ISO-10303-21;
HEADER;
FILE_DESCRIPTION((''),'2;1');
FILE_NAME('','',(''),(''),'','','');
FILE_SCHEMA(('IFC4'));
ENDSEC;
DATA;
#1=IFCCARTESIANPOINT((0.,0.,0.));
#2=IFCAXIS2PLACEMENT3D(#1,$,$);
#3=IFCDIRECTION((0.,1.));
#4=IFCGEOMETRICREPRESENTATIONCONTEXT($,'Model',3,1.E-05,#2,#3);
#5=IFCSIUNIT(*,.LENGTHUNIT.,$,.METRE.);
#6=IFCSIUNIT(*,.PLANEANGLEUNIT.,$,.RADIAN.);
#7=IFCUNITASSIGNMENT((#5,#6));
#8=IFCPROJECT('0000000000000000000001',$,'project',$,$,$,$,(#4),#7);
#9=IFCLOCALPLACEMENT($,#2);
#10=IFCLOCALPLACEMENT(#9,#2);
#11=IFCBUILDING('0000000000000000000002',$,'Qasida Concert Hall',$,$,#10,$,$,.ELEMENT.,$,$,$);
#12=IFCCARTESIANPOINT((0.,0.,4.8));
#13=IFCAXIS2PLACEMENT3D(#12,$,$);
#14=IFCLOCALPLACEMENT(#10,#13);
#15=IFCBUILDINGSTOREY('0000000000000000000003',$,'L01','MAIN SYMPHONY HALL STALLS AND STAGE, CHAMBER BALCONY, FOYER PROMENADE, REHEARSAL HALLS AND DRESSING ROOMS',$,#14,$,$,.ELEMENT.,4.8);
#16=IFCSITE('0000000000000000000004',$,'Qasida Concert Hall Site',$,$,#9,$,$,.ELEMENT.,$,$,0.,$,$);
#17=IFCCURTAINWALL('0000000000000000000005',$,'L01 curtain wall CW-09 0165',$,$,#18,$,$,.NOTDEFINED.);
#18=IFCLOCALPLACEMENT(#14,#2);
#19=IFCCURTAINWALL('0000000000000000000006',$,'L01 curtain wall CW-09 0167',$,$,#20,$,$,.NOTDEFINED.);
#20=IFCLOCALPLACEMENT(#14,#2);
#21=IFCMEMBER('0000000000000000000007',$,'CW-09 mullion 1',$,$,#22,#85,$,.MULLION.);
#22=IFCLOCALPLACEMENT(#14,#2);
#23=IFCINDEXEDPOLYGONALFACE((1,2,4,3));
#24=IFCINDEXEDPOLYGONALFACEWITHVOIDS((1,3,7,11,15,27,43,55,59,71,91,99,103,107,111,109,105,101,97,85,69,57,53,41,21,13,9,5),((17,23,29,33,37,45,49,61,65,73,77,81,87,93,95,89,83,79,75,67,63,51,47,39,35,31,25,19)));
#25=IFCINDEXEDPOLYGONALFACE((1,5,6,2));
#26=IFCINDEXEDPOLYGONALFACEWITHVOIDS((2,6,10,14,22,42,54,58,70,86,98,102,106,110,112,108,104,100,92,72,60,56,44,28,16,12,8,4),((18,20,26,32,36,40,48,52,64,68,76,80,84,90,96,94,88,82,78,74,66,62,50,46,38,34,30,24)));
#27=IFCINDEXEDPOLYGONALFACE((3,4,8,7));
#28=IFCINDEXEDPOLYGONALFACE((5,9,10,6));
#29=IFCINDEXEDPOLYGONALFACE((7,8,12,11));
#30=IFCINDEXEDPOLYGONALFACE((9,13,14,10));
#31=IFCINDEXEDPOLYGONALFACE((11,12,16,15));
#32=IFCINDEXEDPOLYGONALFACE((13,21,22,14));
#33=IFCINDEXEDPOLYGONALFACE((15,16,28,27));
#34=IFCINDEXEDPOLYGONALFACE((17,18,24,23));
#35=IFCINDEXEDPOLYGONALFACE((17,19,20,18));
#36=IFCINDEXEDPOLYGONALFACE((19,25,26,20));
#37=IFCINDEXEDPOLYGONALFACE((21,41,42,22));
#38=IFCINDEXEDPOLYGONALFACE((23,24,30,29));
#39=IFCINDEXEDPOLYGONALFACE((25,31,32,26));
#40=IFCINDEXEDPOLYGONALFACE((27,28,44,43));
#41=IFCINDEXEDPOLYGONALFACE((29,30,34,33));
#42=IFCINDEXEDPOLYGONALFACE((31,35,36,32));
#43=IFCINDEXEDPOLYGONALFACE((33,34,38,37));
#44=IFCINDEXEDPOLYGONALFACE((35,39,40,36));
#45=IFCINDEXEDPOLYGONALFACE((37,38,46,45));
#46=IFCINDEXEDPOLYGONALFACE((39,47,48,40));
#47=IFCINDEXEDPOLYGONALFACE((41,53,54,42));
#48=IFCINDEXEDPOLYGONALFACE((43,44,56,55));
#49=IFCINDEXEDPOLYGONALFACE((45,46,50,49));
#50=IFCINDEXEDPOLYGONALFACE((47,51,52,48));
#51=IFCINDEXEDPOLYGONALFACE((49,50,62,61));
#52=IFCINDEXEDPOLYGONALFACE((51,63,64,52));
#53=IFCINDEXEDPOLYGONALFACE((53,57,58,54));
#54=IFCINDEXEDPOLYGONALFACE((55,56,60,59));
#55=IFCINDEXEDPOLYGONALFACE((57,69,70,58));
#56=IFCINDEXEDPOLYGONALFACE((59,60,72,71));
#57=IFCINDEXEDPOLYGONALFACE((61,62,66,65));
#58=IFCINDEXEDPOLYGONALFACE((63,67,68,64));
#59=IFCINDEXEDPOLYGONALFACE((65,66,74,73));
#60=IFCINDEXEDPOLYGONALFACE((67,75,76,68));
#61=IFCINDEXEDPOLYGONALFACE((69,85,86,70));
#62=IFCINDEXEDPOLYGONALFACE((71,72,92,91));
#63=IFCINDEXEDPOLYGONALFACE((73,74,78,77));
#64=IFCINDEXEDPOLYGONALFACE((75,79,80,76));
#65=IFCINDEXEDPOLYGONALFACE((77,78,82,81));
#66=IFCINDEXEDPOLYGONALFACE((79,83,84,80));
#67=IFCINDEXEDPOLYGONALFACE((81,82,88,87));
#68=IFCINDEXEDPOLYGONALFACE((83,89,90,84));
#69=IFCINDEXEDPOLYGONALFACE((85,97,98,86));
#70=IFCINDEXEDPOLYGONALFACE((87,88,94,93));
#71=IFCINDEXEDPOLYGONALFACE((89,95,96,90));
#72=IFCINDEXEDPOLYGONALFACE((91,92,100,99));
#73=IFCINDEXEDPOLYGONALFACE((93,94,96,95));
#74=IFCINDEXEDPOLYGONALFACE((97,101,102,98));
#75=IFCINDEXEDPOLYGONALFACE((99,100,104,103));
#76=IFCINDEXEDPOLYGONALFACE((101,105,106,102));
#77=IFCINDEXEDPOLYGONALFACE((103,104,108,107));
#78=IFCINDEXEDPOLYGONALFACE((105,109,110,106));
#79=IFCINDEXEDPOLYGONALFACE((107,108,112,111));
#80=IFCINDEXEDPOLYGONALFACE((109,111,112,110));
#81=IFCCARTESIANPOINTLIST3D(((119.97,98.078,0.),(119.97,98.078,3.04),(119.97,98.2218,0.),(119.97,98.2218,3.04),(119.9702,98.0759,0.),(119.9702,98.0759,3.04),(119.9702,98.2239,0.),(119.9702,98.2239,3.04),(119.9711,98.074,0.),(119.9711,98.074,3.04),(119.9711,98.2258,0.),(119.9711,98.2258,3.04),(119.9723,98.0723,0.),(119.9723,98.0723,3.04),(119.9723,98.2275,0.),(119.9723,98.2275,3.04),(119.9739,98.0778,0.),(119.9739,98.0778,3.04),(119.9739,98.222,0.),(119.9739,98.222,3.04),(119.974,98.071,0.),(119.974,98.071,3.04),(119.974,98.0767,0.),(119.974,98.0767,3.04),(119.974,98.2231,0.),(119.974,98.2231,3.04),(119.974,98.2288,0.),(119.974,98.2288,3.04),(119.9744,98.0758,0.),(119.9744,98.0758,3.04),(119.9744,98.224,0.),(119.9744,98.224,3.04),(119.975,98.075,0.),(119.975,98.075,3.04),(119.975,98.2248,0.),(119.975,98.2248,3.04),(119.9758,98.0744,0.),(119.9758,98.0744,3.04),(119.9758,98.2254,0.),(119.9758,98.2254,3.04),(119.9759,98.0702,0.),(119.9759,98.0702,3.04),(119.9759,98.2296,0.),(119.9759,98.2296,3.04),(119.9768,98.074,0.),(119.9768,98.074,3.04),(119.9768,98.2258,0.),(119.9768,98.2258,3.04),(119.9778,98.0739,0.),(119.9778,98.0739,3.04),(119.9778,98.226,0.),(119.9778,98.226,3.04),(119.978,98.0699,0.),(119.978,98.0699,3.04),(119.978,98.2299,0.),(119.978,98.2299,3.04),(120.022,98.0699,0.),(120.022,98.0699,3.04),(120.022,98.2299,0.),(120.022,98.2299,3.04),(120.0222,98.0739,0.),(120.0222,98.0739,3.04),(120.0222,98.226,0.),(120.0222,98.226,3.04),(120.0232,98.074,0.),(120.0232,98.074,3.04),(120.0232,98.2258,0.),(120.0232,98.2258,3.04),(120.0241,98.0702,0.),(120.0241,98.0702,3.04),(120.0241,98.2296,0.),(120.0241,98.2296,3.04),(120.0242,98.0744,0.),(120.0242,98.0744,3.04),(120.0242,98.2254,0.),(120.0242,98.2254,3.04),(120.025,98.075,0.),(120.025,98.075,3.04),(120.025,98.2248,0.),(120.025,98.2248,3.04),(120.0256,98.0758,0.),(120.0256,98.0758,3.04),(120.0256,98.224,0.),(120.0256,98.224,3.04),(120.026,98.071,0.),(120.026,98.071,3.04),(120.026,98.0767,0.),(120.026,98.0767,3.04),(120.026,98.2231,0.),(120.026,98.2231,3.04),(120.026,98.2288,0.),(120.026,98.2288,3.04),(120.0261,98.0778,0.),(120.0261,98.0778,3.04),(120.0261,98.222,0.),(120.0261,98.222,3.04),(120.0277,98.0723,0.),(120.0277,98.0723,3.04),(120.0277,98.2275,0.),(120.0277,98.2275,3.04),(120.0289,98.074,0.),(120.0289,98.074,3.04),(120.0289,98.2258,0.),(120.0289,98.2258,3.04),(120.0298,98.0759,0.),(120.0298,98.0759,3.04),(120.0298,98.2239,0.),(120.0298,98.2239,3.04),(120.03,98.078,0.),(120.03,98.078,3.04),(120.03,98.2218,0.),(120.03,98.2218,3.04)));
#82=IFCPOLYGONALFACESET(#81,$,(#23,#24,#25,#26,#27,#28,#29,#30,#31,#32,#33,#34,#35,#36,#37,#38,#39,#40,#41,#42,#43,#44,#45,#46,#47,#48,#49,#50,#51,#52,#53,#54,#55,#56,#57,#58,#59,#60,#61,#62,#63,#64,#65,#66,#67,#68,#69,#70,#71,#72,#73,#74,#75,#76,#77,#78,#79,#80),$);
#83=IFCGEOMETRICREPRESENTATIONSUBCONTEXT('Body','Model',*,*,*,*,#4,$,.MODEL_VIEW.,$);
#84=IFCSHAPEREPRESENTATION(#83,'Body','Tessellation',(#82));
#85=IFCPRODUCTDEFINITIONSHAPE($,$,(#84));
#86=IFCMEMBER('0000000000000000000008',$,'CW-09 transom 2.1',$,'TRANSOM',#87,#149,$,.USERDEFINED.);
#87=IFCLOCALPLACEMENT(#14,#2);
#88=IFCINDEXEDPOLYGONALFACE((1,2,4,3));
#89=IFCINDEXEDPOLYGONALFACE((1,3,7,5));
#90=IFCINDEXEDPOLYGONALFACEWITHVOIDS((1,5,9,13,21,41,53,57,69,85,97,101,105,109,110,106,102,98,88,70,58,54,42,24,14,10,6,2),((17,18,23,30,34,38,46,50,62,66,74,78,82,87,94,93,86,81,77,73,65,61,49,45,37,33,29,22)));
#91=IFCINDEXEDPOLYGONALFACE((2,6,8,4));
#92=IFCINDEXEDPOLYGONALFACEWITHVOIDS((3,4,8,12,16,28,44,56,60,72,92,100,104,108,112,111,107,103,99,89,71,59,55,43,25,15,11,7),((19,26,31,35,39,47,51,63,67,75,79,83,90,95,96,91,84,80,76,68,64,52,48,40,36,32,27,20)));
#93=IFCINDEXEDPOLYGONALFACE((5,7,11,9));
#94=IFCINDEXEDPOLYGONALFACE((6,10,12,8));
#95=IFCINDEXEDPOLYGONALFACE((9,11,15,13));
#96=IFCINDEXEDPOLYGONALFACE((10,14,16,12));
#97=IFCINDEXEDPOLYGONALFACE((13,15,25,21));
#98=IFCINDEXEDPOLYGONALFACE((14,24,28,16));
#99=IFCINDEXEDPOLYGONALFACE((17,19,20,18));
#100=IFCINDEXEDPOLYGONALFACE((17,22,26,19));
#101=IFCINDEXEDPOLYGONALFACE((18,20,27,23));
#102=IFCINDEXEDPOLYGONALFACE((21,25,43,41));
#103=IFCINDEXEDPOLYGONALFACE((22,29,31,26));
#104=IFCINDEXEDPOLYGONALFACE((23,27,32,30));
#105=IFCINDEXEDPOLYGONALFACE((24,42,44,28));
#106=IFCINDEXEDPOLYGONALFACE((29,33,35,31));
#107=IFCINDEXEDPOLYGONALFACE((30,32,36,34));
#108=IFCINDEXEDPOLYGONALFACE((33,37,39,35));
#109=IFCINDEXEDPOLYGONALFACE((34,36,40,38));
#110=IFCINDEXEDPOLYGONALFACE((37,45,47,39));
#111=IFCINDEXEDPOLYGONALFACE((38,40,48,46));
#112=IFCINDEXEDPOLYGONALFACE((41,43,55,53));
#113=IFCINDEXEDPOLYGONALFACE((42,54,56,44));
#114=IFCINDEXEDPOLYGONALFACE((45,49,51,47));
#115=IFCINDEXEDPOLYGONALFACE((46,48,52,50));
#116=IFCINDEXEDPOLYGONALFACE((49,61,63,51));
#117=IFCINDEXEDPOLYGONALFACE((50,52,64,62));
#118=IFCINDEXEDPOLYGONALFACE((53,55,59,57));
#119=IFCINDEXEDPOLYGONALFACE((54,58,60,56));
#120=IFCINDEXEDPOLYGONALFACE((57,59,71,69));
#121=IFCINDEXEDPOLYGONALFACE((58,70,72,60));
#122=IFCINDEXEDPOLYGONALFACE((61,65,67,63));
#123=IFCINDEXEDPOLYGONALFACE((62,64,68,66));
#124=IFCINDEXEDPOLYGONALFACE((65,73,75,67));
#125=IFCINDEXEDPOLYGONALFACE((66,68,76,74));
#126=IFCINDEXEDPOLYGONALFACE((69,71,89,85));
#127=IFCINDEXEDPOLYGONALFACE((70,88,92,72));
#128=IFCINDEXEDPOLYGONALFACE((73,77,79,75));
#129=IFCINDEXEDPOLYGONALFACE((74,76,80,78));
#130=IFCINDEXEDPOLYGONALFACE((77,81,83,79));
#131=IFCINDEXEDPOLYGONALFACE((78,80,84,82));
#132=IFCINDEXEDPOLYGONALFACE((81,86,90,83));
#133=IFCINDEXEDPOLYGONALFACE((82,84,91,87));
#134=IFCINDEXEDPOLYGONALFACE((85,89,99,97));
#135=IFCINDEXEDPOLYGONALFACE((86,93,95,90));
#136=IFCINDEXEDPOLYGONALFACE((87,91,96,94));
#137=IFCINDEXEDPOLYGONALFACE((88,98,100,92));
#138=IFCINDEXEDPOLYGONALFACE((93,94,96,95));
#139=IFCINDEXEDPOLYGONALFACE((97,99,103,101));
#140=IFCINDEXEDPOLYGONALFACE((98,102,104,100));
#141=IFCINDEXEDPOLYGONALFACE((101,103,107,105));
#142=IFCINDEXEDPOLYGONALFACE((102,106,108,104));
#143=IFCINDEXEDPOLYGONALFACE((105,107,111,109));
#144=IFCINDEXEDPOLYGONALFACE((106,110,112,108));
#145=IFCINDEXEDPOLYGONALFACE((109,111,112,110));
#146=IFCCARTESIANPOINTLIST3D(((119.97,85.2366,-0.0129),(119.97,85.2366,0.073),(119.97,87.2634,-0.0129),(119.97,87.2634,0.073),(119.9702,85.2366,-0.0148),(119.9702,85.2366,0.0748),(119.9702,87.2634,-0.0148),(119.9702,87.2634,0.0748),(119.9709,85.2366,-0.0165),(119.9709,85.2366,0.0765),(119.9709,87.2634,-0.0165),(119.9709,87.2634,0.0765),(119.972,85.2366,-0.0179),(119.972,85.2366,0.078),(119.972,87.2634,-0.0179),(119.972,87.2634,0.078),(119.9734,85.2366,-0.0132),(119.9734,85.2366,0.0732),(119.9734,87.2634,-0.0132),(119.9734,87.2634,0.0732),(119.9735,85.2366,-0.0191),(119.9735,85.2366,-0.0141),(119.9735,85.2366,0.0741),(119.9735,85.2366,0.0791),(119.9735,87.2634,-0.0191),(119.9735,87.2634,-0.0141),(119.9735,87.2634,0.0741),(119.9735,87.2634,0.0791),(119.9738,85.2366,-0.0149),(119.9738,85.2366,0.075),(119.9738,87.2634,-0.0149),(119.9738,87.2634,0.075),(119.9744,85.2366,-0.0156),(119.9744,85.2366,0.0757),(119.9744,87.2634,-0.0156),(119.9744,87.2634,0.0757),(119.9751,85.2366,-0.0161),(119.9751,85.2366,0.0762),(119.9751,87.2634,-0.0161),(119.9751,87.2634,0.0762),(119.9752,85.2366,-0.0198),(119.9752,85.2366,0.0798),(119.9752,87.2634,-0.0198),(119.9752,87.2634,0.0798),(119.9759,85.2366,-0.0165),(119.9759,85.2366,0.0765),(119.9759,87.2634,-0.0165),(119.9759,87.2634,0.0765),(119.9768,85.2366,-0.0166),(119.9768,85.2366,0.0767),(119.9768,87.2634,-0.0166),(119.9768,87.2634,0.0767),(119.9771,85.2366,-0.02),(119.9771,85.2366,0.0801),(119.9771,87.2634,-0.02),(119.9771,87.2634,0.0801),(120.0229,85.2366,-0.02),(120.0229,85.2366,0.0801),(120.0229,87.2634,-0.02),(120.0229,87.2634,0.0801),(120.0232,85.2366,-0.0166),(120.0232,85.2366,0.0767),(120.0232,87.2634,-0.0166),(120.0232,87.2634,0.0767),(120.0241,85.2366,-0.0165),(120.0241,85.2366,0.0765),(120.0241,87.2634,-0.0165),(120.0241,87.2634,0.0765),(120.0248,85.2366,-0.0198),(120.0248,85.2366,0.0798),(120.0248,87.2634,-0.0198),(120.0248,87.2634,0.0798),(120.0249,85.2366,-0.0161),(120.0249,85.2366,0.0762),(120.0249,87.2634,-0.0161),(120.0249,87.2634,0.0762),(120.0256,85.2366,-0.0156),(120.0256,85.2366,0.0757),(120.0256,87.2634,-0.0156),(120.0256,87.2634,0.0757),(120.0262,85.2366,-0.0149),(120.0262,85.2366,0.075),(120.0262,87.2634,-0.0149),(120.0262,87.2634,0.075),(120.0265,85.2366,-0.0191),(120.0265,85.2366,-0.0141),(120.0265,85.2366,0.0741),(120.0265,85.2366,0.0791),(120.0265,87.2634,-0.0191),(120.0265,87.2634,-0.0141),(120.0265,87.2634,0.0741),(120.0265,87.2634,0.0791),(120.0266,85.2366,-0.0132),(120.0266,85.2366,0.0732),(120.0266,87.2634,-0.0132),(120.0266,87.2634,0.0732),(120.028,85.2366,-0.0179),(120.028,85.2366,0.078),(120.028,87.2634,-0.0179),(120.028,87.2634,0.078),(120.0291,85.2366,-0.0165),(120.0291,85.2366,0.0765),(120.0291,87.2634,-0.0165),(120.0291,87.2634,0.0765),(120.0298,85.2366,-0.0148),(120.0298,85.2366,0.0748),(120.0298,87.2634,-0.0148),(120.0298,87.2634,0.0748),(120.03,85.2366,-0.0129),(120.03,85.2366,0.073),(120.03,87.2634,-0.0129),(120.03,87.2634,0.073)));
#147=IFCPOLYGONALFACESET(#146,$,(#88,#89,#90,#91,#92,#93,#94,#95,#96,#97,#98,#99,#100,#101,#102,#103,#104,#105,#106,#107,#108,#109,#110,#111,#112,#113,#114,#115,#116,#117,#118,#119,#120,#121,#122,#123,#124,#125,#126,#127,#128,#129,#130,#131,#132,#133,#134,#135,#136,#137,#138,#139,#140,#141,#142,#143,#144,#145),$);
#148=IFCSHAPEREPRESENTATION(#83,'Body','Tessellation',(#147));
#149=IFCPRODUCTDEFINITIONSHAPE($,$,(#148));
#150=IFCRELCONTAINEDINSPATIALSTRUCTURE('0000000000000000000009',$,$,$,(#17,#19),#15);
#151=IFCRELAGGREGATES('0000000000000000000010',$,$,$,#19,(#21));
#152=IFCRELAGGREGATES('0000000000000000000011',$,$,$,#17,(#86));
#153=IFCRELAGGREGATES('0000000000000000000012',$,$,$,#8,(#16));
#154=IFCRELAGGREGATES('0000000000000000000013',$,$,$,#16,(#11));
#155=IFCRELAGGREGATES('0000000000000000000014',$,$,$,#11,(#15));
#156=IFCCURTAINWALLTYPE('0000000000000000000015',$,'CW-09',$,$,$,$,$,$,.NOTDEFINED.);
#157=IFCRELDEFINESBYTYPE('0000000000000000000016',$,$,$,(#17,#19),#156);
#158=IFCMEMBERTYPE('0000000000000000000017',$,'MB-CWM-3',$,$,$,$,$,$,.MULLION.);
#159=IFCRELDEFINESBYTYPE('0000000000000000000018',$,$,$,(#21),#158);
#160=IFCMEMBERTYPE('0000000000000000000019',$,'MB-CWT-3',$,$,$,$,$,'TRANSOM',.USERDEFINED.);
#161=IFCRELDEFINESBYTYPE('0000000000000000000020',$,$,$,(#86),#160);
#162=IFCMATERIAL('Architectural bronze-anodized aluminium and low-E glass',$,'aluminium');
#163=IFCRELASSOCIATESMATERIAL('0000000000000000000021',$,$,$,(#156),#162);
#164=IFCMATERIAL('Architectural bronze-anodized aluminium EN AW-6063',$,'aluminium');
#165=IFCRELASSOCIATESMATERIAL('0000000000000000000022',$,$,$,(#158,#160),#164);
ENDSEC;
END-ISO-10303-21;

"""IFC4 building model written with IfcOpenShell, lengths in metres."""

from ifc_helpers import new_model, si_unit, direction, frame, origin, origin_2d, place, context, subcontext, project, spatial, hollow_rectangle, extrude, material, material_profile, profile_set, type_object, element, aggregate, save


model = new_model("IFC4")

# Units and contexts
model_context = context("Model", 3, precision=1e-05, world=origin(), true_north=direction((0.0, 1.0)))
body_context = subcontext(model_context, "Body", "Model", "MODEL_VIEW")
ifc_project = project(units=[si_unit("LENGTHUNIT", "METRE"), si_unit("PLANEANGLEUNIT", "RADIAN")], contexts=[model_context])

# Site, building, storey
site_placement = place(None, origin())
site = spatial("IfcSite", under=ifc_project, at=site_placement, Name="Qasida Concert Hall Site", CompositionType="ELEMENT", RefElevation=0.0)
building_placement = place(site_placement, origin())
building = spatial("IfcBuilding", under=site, at=building_placement, Name="Qasida Concert Hall", CompositionType="ELEMENT")
storey_placement = place(building_placement, frame((0.0, 0.0, 4.8)))
storey = spatial("IfcBuildingStorey", under=building, at=storey_placement, Name="L01", Description="MAIN SYMPHONY HALL STALLS AND STAGE, CHAMBER BALCONY, FOYER PROMENADE, REHEARSAL HALLS AND DRESSING ROOMS", CompositionType="ELEMENT", Elevation=4.8)

# Curtain wall
ifc_material_1 = material(Name="Architectural bronze-anodized aluminium and low-E glass", Category="aluminium")
curtain_wall_type = type_object("IfcCurtainWallType", Name="CW-09", PredefinedType="NOTDEFINED", material=ifc_material_1)
curtain_wall_1_placement = place(storey_placement, origin())
curtain_wall_1 = element("IfcCurtainWall", 1, at=curtain_wall_1_placement, inside=storey, type_object=curtain_wall_type, Name="L01 curtain wall CW-09 0165", PredefinedType="NOTDEFINED")
ifc_material_2 = material(Name="Architectural bronze-anodized aluminium EN AW-6063", Category="aluminium")
ifc_material_profile_1 = material_profile(ifc_material_2, hollow_rectangle(XDim=0.0601, YDim=0.1599, WallThickness=0.0039, InnerFilletRadius=0.0039, OuterFilletRadius=0.0081, at=origin_2d()), Name="CWM 160x60x4")
ifc_profile_set_1 = profile_set([ifc_material_profile_1], Name="Architectural bronze-anodized aluminium EN AW-6063")
member_type_1 = type_object("IfcMemberType", Name="MB-CWM-3", PredefinedType="MULLION", material=ifc_profile_set_1)

# Curtain wall, member
curtain_wall_2_placement = place(storey_placement, origin())
curtain_wall_2 = element("IfcCurtainWall", 2, at=curtain_wall_2_placement, inside=storey, type_object=curtain_wall_type, Name="L01 curtain wall CW-09 0167", PredefinedType="NOTDEFINED")
member_1_placement = place(storey_placement, frame((120.0, 98.1499, 0.0), z_axis=(0.0, 0.0, 1.0), x_axis=(-1.0, 0.0, 0.0)))
member_1 = element("IfcMember", 3, at=member_1_placement, type_object=member_type_1, Name="CW-09 mullion 1", PredefinedType="MULLION", context=body_context, shape_type="SweptSolid", body=[
    extrude(hollow_rectangle(XDim=0.0601, YDim=0.1599, WallThickness=0.0039, InnerFilletRadius=0.0039, OuterFilletRadius=0.0081, at=origin_2d()), origin(), (0.0, 0.0, 1.0), 3.04),
])

# Member
ifc_material_profile_2 = material_profile(ifc_material_2, hollow_rectangle(XDim=0.0601, YDim=0.1001, WallThickness=0.0034, InnerFilletRadius=0.0034, OuterFilletRadius=0.0071, at=origin_2d()), Name="CWT 100x60x3.5")
ifc_profile_set_2 = profile_set([ifc_material_profile_2], Name="Architectural bronze-anodized aluminium EN AW-6063")
member_type_2 = type_object("IfcMemberType", Name="MB-CWT-3", ElementType="TRANSOM", PredefinedType="USERDEFINED", material=ifc_profile_set_2)
member_2_placement = place(storey_placement, frame((120.0, 85.2366, 0.03), z_axis=(0.0, 1.0, 0.0), x_axis=(-1.0, 0.0, 0.0)))
member_2 = element("IfcMember", 4, at=member_2_placement, type_object=member_type_2, Name="CW-09 transom 2.1", ObjectType="TRANSOM", PredefinedType="USERDEFINED", context=body_context, shape_type="SweptSolid", body=[
    extrude(hollow_rectangle(XDim=0.0601, YDim=0.1001, WallThickness=0.0034, InnerFilletRadius=0.0034, OuterFilletRadius=0.0071, at=origin_2d()), origin(), (0.0, 0.0, 1.0), 2.0269),
])
aggregate(curtain_wall_2, [member_1])

aggregate(curtain_wall_1, [member_2])

save(model, "model.ifc")
